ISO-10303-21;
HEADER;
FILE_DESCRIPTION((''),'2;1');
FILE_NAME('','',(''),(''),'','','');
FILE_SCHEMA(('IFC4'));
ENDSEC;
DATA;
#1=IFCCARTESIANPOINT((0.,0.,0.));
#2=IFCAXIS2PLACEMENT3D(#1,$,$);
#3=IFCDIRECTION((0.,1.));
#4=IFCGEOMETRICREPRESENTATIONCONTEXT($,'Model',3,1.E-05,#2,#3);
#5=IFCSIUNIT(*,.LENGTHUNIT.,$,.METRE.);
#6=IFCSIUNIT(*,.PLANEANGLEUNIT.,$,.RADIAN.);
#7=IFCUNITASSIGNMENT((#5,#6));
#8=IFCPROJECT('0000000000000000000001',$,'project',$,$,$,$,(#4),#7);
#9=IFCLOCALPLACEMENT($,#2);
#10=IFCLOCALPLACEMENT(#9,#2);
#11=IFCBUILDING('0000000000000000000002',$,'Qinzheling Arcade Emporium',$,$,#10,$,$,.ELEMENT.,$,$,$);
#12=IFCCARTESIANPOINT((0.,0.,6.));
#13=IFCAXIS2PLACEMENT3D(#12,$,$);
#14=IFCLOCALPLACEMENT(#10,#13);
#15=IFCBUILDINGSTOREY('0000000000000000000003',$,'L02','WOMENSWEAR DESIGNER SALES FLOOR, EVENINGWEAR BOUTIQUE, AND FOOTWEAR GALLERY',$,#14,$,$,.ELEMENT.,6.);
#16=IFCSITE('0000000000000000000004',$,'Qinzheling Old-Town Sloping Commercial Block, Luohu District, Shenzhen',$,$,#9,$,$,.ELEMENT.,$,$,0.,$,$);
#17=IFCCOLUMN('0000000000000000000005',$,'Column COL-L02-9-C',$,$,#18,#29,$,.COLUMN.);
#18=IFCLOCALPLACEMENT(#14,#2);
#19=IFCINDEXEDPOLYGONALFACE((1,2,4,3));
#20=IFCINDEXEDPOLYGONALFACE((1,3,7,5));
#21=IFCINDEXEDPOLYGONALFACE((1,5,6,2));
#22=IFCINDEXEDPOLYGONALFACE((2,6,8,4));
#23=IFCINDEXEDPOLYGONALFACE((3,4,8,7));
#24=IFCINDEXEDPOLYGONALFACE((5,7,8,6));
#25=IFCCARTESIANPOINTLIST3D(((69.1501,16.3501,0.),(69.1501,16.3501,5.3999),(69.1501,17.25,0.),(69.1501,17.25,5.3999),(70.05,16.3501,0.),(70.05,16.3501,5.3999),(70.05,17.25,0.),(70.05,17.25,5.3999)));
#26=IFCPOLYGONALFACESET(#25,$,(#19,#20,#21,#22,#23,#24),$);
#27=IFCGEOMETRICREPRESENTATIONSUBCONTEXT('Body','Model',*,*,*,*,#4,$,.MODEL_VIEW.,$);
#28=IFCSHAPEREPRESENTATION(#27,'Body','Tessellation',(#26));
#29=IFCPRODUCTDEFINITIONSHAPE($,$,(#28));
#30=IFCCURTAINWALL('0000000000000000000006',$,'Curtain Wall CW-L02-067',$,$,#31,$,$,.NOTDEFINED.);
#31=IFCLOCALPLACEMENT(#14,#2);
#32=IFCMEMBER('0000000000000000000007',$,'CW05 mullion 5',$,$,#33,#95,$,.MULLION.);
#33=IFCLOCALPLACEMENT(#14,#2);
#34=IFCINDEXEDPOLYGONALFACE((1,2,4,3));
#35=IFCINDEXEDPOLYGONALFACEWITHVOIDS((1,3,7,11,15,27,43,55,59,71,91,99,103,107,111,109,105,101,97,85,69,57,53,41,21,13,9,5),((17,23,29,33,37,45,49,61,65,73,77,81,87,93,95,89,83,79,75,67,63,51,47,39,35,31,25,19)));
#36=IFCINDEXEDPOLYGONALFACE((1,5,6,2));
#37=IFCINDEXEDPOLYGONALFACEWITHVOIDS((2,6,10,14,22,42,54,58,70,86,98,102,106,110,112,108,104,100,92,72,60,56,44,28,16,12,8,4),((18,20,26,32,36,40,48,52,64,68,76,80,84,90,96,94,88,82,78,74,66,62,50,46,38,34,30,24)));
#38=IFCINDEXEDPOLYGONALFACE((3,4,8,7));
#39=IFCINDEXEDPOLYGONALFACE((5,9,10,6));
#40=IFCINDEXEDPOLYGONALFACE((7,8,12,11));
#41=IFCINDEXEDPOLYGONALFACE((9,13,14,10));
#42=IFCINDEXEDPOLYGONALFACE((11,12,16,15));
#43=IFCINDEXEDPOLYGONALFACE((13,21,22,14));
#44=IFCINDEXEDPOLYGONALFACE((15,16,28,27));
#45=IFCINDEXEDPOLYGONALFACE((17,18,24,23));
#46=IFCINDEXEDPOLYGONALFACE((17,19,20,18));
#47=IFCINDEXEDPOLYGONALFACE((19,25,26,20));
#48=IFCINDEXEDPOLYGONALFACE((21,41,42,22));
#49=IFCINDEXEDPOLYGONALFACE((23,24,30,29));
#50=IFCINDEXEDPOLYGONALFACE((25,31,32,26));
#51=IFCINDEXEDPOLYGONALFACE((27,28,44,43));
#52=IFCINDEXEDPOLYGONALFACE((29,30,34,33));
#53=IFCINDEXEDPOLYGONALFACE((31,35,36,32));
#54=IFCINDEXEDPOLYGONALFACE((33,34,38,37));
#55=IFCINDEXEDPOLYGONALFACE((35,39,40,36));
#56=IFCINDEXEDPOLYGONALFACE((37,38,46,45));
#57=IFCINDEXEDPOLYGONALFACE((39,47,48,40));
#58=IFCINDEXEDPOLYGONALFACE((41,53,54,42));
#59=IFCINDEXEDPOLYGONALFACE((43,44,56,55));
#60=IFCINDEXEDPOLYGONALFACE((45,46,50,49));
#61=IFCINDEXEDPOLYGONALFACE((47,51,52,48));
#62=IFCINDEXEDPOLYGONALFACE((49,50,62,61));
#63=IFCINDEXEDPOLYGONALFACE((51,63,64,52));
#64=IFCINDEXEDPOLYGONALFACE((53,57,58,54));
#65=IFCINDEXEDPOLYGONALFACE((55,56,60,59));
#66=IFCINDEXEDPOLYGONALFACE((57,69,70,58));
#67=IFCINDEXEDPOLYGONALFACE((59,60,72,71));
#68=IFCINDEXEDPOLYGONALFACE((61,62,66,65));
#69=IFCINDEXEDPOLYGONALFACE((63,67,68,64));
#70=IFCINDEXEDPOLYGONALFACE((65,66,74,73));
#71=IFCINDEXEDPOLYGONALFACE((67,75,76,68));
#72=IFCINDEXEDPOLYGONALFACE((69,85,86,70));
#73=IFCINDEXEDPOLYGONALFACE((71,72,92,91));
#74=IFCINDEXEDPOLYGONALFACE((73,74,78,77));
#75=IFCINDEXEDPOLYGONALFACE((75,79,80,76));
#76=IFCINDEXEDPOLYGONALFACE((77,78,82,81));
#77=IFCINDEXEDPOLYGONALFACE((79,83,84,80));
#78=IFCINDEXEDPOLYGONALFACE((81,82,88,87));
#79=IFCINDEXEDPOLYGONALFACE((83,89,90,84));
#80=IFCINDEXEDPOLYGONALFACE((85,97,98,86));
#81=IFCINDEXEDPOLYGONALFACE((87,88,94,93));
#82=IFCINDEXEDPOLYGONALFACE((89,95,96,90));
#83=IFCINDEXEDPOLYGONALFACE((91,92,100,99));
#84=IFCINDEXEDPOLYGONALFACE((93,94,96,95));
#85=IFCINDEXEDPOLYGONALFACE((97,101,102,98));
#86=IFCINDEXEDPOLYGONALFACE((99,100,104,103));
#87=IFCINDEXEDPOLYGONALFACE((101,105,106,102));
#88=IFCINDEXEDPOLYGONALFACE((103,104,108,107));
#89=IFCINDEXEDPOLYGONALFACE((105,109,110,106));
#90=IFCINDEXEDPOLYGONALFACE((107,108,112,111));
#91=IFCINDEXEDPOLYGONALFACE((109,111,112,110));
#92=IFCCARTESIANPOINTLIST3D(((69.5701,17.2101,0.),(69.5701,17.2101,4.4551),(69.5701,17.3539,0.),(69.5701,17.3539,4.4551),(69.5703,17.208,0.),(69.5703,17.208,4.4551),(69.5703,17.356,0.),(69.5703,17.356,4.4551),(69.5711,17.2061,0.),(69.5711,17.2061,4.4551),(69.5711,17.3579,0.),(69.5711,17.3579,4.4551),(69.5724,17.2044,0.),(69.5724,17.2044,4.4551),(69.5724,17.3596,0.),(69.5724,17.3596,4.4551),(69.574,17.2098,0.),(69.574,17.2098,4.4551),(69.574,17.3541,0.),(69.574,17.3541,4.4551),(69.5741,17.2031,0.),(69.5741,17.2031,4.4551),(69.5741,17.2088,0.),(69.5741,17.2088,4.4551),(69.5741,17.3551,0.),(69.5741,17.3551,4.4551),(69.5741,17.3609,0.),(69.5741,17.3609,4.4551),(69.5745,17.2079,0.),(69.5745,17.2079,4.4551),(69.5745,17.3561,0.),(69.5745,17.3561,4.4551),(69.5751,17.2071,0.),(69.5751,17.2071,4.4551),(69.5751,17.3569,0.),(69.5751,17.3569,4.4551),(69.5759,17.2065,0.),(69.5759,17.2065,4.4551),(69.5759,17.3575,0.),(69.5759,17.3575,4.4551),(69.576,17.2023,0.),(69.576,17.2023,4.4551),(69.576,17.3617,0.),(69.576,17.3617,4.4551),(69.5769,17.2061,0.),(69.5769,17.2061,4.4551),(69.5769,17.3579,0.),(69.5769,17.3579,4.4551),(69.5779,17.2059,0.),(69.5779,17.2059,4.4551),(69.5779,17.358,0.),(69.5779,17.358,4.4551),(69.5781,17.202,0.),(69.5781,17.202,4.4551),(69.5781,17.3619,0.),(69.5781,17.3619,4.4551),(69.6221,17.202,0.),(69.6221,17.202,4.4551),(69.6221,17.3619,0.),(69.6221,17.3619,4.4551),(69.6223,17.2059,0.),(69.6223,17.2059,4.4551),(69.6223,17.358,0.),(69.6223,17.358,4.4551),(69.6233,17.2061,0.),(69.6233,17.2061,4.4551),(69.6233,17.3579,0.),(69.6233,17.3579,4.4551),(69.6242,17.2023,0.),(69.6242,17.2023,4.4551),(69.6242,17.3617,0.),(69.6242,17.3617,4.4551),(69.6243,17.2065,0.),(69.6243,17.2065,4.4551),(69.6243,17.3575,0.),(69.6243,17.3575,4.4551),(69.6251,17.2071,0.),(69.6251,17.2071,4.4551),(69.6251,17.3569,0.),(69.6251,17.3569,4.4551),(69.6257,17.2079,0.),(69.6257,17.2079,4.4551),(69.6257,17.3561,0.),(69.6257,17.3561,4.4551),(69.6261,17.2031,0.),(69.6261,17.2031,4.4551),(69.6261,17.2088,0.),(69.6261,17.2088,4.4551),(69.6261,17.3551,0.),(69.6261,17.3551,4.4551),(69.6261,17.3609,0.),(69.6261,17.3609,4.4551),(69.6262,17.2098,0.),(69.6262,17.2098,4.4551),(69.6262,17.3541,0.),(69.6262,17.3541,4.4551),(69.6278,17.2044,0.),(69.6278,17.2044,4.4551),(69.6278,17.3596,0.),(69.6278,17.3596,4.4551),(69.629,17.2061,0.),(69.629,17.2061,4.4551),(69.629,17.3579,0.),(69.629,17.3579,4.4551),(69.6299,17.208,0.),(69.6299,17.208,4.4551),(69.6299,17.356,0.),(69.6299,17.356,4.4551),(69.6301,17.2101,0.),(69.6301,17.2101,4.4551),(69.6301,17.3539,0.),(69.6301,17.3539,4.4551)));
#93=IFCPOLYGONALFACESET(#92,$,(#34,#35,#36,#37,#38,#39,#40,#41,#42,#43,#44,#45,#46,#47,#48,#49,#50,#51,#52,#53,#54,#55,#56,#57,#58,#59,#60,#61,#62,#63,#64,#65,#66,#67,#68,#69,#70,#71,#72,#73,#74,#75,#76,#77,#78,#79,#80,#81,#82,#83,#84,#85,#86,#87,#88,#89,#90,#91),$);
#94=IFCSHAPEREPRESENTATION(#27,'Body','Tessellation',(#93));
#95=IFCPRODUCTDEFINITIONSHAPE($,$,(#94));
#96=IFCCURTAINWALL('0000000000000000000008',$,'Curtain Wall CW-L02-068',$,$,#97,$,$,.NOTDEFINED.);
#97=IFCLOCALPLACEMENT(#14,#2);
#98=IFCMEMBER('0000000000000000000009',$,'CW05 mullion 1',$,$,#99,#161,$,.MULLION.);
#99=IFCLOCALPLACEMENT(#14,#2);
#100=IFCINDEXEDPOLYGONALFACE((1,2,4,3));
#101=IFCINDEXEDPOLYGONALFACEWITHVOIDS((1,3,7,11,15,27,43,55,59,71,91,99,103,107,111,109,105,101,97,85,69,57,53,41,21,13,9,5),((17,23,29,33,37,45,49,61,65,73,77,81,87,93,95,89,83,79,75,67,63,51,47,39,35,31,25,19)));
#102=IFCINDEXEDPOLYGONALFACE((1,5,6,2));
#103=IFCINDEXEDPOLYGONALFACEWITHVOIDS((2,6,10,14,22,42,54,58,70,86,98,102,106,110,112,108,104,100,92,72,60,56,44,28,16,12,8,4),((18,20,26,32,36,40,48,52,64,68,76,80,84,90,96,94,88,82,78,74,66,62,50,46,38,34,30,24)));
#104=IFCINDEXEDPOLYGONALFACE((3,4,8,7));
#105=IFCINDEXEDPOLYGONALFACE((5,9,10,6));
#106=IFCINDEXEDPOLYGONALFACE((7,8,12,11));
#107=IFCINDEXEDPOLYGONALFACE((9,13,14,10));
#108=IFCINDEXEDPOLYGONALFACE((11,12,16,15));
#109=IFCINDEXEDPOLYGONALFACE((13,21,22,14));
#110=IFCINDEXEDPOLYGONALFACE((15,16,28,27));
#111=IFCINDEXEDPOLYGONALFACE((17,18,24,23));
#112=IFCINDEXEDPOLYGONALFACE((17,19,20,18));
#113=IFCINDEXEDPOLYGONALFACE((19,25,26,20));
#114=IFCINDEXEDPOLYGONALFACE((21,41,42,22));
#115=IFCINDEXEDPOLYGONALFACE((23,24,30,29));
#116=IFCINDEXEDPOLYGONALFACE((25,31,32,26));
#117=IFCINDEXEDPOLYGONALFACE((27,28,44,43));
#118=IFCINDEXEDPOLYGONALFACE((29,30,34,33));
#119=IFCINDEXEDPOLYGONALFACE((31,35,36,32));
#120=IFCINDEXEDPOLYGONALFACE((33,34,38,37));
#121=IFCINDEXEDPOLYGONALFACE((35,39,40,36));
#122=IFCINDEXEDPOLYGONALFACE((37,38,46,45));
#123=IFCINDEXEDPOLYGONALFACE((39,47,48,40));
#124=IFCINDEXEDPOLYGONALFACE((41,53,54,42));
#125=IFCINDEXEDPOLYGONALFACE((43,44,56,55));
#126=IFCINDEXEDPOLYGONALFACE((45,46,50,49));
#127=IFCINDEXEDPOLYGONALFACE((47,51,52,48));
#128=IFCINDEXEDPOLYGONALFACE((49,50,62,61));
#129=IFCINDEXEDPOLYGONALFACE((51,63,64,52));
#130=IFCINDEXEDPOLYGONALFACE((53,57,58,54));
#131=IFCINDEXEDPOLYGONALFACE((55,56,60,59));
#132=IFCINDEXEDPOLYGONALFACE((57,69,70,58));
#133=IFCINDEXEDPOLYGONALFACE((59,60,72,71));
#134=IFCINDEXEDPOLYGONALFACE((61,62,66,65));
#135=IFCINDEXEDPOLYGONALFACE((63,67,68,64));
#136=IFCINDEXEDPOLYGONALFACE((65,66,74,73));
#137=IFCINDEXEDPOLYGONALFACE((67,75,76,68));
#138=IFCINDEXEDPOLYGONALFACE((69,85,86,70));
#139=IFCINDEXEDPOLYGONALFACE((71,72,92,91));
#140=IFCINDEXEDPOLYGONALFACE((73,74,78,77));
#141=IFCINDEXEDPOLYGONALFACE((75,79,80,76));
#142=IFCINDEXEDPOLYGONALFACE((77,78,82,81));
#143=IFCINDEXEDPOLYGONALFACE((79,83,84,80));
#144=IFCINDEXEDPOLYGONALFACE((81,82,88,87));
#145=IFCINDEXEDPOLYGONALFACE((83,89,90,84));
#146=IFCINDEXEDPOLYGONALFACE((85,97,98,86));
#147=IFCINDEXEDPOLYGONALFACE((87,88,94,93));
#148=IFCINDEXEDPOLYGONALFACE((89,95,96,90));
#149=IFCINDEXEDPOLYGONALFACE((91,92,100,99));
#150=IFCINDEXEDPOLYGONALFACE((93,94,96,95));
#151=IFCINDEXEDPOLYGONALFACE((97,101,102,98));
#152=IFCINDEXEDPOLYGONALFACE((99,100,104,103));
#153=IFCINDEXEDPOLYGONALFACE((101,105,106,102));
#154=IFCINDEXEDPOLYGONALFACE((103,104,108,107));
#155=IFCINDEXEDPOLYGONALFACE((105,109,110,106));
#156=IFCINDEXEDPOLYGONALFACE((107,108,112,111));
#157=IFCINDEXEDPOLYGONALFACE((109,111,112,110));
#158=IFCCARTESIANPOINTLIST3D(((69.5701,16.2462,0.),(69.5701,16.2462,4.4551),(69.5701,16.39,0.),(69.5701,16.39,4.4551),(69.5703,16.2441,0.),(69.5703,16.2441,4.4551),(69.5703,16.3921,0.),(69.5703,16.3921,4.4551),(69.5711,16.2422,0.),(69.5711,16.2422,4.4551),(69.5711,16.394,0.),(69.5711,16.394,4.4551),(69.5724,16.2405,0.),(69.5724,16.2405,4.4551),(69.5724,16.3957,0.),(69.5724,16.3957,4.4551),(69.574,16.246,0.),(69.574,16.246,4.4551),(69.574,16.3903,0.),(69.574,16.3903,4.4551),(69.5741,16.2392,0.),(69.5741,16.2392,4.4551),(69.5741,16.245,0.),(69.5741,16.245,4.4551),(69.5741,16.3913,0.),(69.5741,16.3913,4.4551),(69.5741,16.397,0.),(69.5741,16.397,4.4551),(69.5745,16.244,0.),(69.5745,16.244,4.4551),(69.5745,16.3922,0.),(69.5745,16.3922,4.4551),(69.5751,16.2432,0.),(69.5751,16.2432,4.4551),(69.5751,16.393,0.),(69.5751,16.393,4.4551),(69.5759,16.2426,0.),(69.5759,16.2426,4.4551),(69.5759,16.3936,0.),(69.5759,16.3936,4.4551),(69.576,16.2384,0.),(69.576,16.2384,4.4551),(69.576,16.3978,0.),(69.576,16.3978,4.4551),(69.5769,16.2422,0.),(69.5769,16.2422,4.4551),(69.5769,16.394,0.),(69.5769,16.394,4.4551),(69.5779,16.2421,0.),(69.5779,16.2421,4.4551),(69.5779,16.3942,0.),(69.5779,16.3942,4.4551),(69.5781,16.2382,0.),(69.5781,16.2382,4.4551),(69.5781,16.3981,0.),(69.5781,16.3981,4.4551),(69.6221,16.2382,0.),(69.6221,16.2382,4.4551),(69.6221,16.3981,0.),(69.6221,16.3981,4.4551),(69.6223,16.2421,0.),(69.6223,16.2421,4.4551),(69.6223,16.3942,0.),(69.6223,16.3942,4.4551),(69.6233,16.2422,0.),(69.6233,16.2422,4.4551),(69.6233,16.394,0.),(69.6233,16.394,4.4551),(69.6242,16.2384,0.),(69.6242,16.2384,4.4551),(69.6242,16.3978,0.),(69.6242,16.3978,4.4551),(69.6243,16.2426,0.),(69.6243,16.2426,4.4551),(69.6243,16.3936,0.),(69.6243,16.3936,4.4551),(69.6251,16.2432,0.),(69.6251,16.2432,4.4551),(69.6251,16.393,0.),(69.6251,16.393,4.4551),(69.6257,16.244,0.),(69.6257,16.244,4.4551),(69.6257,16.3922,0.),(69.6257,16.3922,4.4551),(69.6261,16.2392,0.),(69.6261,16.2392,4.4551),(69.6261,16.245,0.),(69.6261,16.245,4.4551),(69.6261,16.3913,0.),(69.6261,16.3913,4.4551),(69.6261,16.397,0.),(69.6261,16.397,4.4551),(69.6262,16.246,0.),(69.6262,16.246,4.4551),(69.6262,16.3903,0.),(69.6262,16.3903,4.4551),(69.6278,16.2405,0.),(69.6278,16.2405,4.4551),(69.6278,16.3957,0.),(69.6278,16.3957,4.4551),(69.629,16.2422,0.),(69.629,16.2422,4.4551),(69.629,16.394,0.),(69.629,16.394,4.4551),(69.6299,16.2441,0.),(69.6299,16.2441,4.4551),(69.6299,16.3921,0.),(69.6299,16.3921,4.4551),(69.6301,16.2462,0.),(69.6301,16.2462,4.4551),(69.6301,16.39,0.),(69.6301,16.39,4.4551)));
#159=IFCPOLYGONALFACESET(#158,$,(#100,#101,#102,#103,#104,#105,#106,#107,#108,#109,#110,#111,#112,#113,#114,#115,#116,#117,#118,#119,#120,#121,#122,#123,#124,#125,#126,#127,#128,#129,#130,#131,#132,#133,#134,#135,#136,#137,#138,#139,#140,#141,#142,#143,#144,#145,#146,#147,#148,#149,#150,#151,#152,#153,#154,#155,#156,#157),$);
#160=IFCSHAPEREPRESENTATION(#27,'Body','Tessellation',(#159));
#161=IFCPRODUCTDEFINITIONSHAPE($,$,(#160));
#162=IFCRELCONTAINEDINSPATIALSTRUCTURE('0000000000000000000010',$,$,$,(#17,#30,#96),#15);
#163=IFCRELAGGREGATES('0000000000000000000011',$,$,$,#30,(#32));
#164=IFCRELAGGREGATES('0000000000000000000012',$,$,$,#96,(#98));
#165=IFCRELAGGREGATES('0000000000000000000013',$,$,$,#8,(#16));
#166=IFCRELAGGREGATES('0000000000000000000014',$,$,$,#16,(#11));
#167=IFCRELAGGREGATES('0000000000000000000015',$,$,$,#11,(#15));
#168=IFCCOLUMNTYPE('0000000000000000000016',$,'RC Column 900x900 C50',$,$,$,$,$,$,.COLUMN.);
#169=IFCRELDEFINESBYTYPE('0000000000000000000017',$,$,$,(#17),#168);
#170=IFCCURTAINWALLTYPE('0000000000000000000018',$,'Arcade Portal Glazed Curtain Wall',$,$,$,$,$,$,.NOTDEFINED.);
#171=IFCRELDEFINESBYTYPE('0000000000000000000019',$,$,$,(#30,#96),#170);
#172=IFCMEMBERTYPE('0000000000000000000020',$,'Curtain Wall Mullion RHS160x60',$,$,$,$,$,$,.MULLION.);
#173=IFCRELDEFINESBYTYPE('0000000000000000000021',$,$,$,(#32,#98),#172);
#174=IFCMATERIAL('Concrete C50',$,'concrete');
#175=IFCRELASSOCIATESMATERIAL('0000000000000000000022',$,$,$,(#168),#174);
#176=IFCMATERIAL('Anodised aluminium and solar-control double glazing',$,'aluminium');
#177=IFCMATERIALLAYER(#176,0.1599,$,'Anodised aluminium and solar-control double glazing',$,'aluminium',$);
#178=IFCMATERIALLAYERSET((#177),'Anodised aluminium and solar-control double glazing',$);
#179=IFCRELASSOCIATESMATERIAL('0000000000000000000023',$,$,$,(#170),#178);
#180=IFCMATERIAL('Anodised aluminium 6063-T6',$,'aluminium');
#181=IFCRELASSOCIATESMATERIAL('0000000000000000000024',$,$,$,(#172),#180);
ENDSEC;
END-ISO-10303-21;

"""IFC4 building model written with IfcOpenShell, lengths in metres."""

from ifc_helpers import new_model, si_unit, direction, frame, origin, origin_2d, place, context, subcontext, project, spatial, rectangle, hollow_rectangle, extrude, material, layer, layer_set, material_profile, profile_set, type_object, element, aggregate, save


model = new_model("IFC4")

# Units and contexts
model_context = context("Model", 3, precision=1e-05, world=origin(), true_north=direction((0.0, 1.0)))
body_context = subcontext(model_context, "Body", "Model", "MODEL_VIEW")
ifc_project = project(units=[si_unit("LENGTHUNIT", "METRE"), si_unit("PLANEANGLEUNIT", "RADIAN")], contexts=[model_context])

# Site, building, storey
site_placement = place(None, origin())
site = spatial("IfcSite", under=ifc_project, at=site_placement, Name="Qinzheling Old-Town Sloping Commercial Block, Luohu District, Shenzhen", CompositionType="ELEMENT", RefElevation=0.0)
building_placement = place(site_placement, origin())
building = spatial("IfcBuilding", under=site, at=building_placement, Name="Qinzheling Arcade Emporium", CompositionType="ELEMENT")
storey_placement = place(building_placement, frame((0.0, 0.0, 6.0)))
storey = spatial("IfcBuildingStorey", under=building, at=storey_placement, Name="L02", Description="WOMENSWEAR DESIGNER SALES FLOOR, EVENINGWEAR BOUTIQUE, AND FOOTWEAR GALLERY", CompositionType="ELEMENT", Elevation=6.0)

# Column
ifc_material_1 = material(Name="Concrete C50", Category="concrete")
ifc_material_profile_1 = material_profile(ifc_material_1, rectangle(XDim=0.8999, YDim=0.8999, at=origin_2d()), Name="RC 900x900", Category="concrete")
ifc_profile_set_1 = profile_set([ifc_material_profile_1], Name="Concrete C50")
column_type = type_object("IfcColumnType", Name="RC Column 900x900 C50", PredefinedType="COLUMN", material=ifc_profile_set_1)
column_placement = place(storey_placement, frame((69.6001, 16.8, 0.0), z_axis=(0.0, 0.0, 1.0), x_axis=(1.0, 0.0, 0.0)))
element("IfcColumn", 1, at=column_placement, inside=storey, type_object=column_type, Name="Column COL-L02-9-C", PredefinedType="COLUMN", context=body_context, shape_type="SweptSolid", body=[
    extrude(rectangle(XDim=0.8999, YDim=0.8999, at=origin_2d()), origin(), (0.0, 0.0, 1.0), 5.3999),
])

# Curtain wall, member
ifc_material_2 = material(Name="Anodised aluminium and solar-control double glazing", Category="aluminium")
ifc_layer_1 = layer(ifc_material_2, 0.1599, Name="Anodised aluminium and solar-control double glazing", Category="aluminium")
ifc_layer_set_1 = layer_set([ifc_layer_1], Name="Anodised aluminium and solar-control double glazing")
curtain_wall_type = type_object("IfcCurtainWallType", Name="Arcade Portal Glazed Curtain Wall", PredefinedType="NOTDEFINED", material=ifc_layer_set_1)
curtain_wall_1_placement = place(storey_placement, origin())
curtain_wall_1 = element("IfcCurtainWall", 2, at=curtain_wall_1_placement, inside=storey, type_object=curtain_wall_type, Name="Curtain Wall CW-L02-067", PredefinedType="NOTDEFINED")
ifc_material_3 = material(Name="Anodised aluminium 6063-T6", Category="aluminium")
ifc_material_profile_2 = material_profile(ifc_material_3, hollow_rectangle(XDim=0.0601, YDim=0.1599, WallThickness=0.0039, InnerFilletRadius=0.0039, OuterFilletRadius=0.0081, at=origin_2d()), Name="RHS 160x60x4", Category="aluminium")
ifc_profile_set_2 = profile_set([ifc_material_profile_2], Name="Anodised aluminium 6063-T6")
member_type_1 = type_object("IfcMemberType", Name="Curtain Wall Mullion RHS160x60", PredefinedType="MULLION", material=ifc_profile_set_2)
member_1_placement = place(storey_placement, frame((69.6001, 17.282, 0.0), z_axis=(0.0, 0.0, 1.0), x_axis=(1.0, 0.0, 0.0)))
member_1 = element("IfcMember", 3, at=member_1_placement, type_object=member_type_1, Name="CW05 mullion 5", PredefinedType="MULLION", context=body_context, shape_type="SweptSolid", body=[
    extrude(hollow_rectangle(XDim=0.0601, YDim=0.1599, WallThickness=0.0039, InnerFilletRadius=0.0039, OuterFilletRadius=0.0081, at=origin_2d()), origin(), (0.0, 0.0, 1.0), 4.4551),
])

# Curtain wall, member
curtain_wall_2_placement = place(storey_placement, origin())
curtain_wall_2 = element("IfcCurtainWall", 4, at=curtain_wall_2_placement, inside=storey, type_object=curtain_wall_type, Name="Curtain Wall CW-L02-068", PredefinedType="NOTDEFINED")
member_2_placement = place(storey_placement, frame((69.6001, 16.3181, 0.0), z_axis=(0.0, 0.0, 1.0), x_axis=(1.0, 0.0, 0.0)))
member_2 = element("IfcMember", 5, at=member_2_placement, type_object=member_type_1, Name="CW05 mullion 1", PredefinedType="MULLION", context=body_context, shape_type="SweptSolid", body=[
    extrude(hollow_rectangle(XDim=0.0601, YDim=0.1599, WallThickness=0.0039, InnerFilletRadius=0.0039, OuterFilletRadius=0.0081, at=origin_2d()), origin(), (0.0, 0.0, 1.0), 4.4551),
])

aggregate(curtain_wall_1, [member_1])
aggregate(curtain_wall_2, [member_2])

save(model, "model.ifc")
